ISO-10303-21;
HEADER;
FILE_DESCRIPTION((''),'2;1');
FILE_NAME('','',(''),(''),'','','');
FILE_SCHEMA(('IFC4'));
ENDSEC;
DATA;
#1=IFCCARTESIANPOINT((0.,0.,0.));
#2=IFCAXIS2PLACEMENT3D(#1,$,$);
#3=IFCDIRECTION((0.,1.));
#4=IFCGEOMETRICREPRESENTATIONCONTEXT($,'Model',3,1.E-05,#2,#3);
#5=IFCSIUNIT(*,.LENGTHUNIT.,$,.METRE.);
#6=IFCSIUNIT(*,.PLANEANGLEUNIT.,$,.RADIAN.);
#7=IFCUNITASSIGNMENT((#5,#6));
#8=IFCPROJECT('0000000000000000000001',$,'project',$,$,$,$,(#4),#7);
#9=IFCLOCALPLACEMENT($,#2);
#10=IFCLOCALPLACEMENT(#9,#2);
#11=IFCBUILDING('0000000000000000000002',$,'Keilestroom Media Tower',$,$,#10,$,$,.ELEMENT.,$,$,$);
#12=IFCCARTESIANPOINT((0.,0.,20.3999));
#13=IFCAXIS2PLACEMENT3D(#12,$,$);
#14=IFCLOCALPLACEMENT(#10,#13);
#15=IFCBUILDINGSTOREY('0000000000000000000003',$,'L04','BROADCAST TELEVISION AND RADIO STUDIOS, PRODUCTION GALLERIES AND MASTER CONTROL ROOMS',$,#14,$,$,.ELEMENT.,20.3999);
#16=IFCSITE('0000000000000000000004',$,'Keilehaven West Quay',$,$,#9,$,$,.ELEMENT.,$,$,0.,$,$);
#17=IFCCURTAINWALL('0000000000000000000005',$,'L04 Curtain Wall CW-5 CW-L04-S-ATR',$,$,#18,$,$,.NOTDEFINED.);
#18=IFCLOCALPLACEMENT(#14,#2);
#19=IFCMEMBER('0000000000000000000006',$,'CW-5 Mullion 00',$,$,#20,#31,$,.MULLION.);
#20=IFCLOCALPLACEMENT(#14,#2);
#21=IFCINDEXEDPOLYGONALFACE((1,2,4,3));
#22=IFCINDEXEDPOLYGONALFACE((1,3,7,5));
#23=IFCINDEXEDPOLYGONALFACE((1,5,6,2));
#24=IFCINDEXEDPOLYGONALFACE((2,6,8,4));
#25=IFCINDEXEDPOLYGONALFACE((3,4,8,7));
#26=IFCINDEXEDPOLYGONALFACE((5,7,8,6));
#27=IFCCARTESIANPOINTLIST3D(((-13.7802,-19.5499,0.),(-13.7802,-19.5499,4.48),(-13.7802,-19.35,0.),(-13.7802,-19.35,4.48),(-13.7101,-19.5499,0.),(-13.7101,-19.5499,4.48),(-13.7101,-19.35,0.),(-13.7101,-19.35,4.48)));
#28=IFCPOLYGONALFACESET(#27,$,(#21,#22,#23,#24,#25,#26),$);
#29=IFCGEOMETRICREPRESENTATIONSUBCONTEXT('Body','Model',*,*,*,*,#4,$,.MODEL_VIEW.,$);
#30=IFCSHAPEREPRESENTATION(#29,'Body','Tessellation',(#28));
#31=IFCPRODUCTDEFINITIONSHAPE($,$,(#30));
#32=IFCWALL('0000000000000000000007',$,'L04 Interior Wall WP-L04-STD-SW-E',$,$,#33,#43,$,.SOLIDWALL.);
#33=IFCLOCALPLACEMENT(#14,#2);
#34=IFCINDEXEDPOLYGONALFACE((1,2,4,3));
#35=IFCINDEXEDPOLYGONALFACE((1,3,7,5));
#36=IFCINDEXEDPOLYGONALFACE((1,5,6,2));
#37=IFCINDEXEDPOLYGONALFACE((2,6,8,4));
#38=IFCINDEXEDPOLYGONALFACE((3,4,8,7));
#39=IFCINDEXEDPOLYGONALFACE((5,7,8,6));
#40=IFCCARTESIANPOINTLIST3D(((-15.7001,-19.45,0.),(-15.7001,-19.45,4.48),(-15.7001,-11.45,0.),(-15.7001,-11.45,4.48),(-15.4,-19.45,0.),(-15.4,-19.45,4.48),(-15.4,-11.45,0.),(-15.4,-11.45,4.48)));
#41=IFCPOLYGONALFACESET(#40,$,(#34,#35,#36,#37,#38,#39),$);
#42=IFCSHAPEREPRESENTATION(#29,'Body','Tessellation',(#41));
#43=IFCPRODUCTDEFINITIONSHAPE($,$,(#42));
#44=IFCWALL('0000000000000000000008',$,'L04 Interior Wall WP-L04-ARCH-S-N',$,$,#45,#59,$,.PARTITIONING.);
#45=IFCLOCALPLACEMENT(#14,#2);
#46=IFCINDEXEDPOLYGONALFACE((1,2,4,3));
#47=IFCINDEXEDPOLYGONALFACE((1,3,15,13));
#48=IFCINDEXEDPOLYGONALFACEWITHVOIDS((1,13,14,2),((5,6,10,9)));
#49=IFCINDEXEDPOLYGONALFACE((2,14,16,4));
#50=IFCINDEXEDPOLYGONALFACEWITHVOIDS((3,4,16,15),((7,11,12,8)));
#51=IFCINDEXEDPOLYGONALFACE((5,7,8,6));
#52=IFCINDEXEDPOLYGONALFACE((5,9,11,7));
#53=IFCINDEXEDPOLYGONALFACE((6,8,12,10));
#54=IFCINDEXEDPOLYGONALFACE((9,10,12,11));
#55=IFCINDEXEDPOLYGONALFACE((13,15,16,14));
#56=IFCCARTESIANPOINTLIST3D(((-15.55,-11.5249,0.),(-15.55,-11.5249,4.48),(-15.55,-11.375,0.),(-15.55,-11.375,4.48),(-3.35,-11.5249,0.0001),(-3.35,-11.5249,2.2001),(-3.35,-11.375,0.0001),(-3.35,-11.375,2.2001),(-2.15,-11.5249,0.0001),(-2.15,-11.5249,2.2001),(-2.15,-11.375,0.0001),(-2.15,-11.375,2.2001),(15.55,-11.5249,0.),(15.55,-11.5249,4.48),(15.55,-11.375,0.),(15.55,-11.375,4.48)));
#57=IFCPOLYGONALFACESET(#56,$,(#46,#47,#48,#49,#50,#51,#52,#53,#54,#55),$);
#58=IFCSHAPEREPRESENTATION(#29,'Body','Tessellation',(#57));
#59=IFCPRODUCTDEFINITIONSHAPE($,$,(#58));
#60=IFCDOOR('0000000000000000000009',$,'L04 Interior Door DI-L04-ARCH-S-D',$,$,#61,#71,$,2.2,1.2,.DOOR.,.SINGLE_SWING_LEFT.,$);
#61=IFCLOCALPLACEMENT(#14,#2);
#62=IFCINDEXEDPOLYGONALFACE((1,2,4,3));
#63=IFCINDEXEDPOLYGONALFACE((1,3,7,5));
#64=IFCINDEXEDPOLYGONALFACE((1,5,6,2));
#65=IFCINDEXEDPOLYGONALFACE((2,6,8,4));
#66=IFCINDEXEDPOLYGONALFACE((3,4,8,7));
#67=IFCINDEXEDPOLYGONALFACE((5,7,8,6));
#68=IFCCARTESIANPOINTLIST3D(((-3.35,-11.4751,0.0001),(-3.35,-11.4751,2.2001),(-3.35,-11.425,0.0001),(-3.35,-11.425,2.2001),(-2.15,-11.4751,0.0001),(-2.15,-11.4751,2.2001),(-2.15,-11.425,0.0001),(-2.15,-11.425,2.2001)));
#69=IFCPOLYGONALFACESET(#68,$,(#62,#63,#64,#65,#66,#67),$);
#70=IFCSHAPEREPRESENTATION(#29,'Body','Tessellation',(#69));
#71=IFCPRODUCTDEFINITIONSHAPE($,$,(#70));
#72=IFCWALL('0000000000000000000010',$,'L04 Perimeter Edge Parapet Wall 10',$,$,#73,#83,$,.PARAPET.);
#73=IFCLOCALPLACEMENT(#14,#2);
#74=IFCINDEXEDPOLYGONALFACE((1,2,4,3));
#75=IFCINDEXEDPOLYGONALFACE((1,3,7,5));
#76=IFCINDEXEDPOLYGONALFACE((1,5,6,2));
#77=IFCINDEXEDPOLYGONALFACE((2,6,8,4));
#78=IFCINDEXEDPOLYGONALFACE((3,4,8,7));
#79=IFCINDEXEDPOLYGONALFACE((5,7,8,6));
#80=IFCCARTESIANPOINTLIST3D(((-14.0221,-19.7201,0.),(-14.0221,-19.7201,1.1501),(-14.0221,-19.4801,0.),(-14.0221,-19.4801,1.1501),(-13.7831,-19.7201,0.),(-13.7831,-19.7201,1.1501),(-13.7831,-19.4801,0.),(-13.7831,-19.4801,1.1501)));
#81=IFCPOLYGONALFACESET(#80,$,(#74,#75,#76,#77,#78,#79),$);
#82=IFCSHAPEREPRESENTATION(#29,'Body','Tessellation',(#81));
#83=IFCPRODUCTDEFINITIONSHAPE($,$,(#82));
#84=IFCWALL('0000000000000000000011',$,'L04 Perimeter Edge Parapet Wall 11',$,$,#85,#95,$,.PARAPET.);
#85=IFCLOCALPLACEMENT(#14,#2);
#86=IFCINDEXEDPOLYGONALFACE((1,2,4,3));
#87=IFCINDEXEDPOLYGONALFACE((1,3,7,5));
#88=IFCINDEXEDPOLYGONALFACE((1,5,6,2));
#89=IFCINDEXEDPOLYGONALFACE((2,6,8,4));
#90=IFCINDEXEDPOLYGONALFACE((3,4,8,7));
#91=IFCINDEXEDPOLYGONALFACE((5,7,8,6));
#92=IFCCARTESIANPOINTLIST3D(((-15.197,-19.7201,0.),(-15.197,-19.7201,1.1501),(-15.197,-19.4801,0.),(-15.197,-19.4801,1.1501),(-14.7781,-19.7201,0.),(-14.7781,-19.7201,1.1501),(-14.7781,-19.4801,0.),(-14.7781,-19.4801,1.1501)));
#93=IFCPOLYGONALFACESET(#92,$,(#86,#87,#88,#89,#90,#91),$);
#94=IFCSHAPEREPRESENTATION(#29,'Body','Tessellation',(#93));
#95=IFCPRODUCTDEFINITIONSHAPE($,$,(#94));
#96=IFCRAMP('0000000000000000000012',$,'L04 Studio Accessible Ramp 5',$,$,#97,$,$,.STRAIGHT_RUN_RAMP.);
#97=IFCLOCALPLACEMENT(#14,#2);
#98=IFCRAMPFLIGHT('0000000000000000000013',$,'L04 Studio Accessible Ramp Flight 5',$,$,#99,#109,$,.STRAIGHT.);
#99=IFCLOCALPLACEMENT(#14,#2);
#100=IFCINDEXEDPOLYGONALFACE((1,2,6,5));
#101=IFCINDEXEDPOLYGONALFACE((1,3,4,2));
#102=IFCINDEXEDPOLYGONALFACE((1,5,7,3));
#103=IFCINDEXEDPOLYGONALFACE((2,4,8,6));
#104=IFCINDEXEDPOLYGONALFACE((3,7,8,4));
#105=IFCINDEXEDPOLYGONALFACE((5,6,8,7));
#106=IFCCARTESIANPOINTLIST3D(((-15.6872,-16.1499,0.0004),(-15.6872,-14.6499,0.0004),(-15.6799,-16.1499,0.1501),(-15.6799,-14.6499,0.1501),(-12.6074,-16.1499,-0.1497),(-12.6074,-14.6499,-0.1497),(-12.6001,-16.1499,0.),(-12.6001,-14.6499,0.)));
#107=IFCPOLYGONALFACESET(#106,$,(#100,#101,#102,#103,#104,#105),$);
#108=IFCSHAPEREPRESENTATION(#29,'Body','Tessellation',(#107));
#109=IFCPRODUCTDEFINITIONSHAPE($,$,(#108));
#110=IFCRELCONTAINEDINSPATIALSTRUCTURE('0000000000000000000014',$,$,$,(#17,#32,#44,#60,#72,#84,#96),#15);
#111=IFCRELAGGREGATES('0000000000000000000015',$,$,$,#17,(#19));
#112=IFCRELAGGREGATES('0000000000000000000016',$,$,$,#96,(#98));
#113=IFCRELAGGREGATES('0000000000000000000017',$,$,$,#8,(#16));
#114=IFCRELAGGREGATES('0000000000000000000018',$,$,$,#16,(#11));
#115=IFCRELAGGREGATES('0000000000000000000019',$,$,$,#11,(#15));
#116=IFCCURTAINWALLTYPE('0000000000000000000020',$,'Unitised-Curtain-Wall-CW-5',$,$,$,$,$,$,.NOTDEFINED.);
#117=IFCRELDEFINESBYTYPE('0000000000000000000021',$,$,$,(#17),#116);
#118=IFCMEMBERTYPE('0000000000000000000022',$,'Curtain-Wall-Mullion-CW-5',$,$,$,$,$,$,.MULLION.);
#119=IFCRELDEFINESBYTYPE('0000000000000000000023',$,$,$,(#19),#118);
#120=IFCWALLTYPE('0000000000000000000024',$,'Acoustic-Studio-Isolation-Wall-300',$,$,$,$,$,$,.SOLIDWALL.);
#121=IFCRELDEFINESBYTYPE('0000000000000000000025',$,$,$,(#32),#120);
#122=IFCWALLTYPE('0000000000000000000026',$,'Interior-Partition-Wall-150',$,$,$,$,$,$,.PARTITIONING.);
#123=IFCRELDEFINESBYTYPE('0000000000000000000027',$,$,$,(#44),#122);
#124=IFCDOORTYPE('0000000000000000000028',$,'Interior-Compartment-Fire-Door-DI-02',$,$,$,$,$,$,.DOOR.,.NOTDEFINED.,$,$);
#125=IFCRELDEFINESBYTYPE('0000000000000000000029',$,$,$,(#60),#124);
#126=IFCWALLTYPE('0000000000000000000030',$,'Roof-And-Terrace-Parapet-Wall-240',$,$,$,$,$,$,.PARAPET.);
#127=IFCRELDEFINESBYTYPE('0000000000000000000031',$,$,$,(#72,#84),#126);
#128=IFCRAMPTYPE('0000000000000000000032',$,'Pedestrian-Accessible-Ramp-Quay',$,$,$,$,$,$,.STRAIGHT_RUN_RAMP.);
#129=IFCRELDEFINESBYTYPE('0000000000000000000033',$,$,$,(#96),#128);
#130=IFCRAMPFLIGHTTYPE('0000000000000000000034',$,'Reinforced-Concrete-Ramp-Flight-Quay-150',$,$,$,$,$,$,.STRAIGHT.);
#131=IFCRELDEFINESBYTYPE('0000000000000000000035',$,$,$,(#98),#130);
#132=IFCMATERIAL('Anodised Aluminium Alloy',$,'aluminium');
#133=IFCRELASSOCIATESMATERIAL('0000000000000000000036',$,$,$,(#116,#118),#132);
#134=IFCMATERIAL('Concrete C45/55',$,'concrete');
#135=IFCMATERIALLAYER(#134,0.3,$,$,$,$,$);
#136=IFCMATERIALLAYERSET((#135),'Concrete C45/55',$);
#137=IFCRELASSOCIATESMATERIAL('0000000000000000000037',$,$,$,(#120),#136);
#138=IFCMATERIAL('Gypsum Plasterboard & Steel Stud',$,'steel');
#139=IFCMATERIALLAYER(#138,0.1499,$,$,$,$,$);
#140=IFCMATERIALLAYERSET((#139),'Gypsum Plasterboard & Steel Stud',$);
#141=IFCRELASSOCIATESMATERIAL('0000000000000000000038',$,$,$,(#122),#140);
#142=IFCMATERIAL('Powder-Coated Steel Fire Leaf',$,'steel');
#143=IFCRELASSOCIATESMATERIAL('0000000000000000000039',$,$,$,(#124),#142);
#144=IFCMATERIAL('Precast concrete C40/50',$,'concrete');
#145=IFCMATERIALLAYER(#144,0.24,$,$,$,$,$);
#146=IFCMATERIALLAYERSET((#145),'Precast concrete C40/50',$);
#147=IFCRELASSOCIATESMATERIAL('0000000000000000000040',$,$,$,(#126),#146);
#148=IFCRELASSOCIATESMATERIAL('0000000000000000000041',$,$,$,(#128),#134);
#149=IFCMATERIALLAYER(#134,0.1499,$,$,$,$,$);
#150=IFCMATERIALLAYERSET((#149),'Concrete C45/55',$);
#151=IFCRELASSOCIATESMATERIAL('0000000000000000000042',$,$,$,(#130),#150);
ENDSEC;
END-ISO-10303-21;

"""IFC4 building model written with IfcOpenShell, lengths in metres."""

from ifc_helpers import new_model, si_unit, direction, frame, frame_2d, origin, origin_2d, place, context, subcontext, project, spatial, polyline, rectangle, outline, extrude, source, transform, mapped, material, layer, layer_set, material_profile, profile_set, type_object, element, fill, aggregate, save


model = new_model("IFC4")

# Units and contexts
model_context = context("Model", 3, precision=1e-05, world=origin(), true_north=direction((0.0, 1.0)))
body_context = subcontext(model_context, "Body", "Model", "MODEL_VIEW")
ifc_project = project(units=[si_unit("LENGTHUNIT", "METRE"), si_unit("PLANEANGLEUNIT", "RADIAN")], contexts=[model_context])

# Site, building, storey
site_placement = place(None, origin())
site = spatial("IfcSite", under=ifc_project, at=site_placement, Name="Keilehaven West Quay", CompositionType="ELEMENT", RefElevation=0.0)
building_placement = place(site_placement, origin())
building = spatial("IfcBuilding", under=site, at=building_placement, Name="Keilestroom Media Tower", CompositionType="ELEMENT")
storey_placement = place(building_placement, frame((0.0, 0.0, 20.3999)))
storey = spatial("IfcBuildingStorey", under=building, at=storey_placement, Name="L04", Description="BROADCAST TELEVISION AND RADIO STUDIOS, PRODUCTION GALLERIES AND MASTER CONTROL ROOMS", CompositionType="ELEMENT", Elevation=20.3999)

# Shared definitions
ifc_material_1 = material(Name="Precast concrete C40/50", Category="concrete")

# Curtain wall, member
ifc_material_2 = material(Name="Anodised Aluminium Alloy", Category="aluminium")
curtain_wall_type = type_object("IfcCurtainWallType", Name="Unitised-Curtain-Wall-CW-5", PredefinedType="NOTDEFINED", material=ifc_material_2)
curtain_wall_placement = place(storey_placement, origin())
curtain_wall = element("IfcCurtainWall", 1, at=curtain_wall_placement, inside=storey, type_object=curtain_wall_type, Name="L04 Curtain Wall CW-5 CW-L04-S-ATR", PredefinedType="NOTDEFINED")
ifc_material_profile_1 = material_profile(ifc_material_2, rectangle(XDim=0.0701, YDim=0.2, at=origin_2d()), Name="ALU MULLION 70x200")
ifc_profile_set_1 = profile_set([ifc_material_profile_1], Name="Anodised Aluminium Alloy")
member_type_1 = type_object("IfcMemberType", Name="Curtain-Wall-Mullion-CW-5", PredefinedType="MULLION", material=ifc_profile_set_1)
shared_shape_1 = source(origin(), body_context, "Body", "SweptSolid", [
    extrude(rectangle(XDim=0.0701, YDim=0.2, at=origin_2d()), origin(), (0.0, 0.0, 1.0), 4.48),
])
member_1_placement = place(storey_placement, frame((-13.7451, -19.45, 0.0), z_axis=(0.0, 0.0, 1.0), x_axis=(1.0, 0.0, 0.0)))
member_1 = element("IfcMember", 2, at=member_1_placement, type_object=member_type_1, Name="CW-5 Mullion 00", PredefinedType="MULLION", context=body_context, shape_type="MappedRepresentation", body=[
    mapped(shared_shape_1, transform((0.0, 0.0, 0.0), x_axis=(1.0, 0.0, 0.0), y_axis=(0.0, 1.0, 0.0), z_axis=(0.0, 0.0, 1.0), scale=1.0)),
])
aggregate(curtain_wall, [member_1])

# Wall
ifc_material_3 = material(Name="Concrete C45/55", Category="concrete")
ifc_layer_1 = layer(ifc_material_3, 0.3)
ifc_layer_set_1 = layer_set([ifc_layer_1], Name="Concrete C45/55")
wall_type_1 = type_object("IfcWallType", Name="Acoustic-Studio-Isolation-Wall-300", PredefinedType="SOLIDWALL", material=ifc_layer_set_1)
wall_1_placement = place(storey_placement, frame((-15.55, -19.45, 0.0), z_axis=(0.0, 0.0, 1.0), x_axis=(0.0, 1.0, 0.0)))
element("IfcWall", 3, at=wall_1_placement, inside=storey, type_object=wall_type_1, Name="L04 Interior Wall WP-L04-STD-SW-E", PredefinedType="SOLIDWALL", context=body_context, shape_type="SweptSolid", body=[
    extrude(rectangle(XDim=8.0, YDim=0.3, at=frame_2d((4.0, 0.0))), origin(), (0.0, 0.0, 1.0), 4.48),
])

# Wall, opening, door
ifc_material_4 = material(Name="Gypsum Plasterboard & Steel Stud", Category="steel")
ifc_layer_2 = layer(ifc_material_4, 0.1499)
ifc_layer_set_2 = layer_set([ifc_layer_2], Name="Gypsum Plasterboard & Steel Stud")
wall_type_2 = type_object("IfcWallType", Name="Interior-Partition-Wall-150", PredefinedType="PARTITIONING", material=ifc_layer_set_2)
wall_2_placement = place(storey_placement, frame((-15.55, -11.45, 0.0), z_axis=(0.0, 0.0, 1.0), x_axis=(1.0, 0.0, 0.0)))
wall_2 = element("IfcWall", 4, at=wall_2_placement, inside=storey, type_object=wall_type_2, Name="L04 Interior Wall WP-L04-ARCH-S-N", PredefinedType="PARTITIONING", context=body_context, shape_type="SweptSolid", body=[
    extrude(rectangle(XDim=31.1001, YDim=0.1499, at=frame_2d((15.55, 0.0))), origin(), (0.0, 0.0, 1.0), 4.48),
])
opening_placement = place(wall_2_placement, frame((12.2, 0.0, 0.0)))
opening = element("IfcOpeningElement", 5, at=opening_placement, cuts=wall_2, PredefinedType="OPENING", context=body_context, shape_type="SweptSolid", body=[
    extrude(rectangle(XDim=1.2, YDim=2.2, at=frame_2d((0.6001, 1.1001))), frame((0.0, 0.085, 0.0), z_axis=(0.0, -1.0, 0.0), x_axis=(1.0, 0.0, 0.0)), (0.0, 0.0, 1.0), 0.1699),
])
ifc_material_5 = material(Name="Powder-Coated Steel Fire Leaf", Category="steel")
door_type = type_object("IfcDoorType", Name="Interior-Compartment-Fire-Door-DI-02", OperationType="NOTDEFINED", PredefinedType="DOOR", material=ifc_material_5)
shared_shape_2 = source(origin(), body_context, "Body", "SweptSolid", [
    extrude(rectangle(XDim=1.2, YDim=2.2, at=frame_2d((0.6001, 1.1001))), frame((0.0, 0.0249, 0.0), z_axis=(0.0, -1.0, 0.0), x_axis=(1.0, 0.0, 0.0)), (0.0, 0.0, 1.0), 0.05),
])
door_placement = place(opening_placement, origin())
door = element("IfcDoor", 6, at=door_placement, inside=storey, type_object=door_type, Name="L04 Interior Door DI-L04-ARCH-S-D", OperationType="SINGLE_SWING_LEFT", OverallHeight=2.2, OverallWidth=1.2, PredefinedType="DOOR", context=body_context, shape_type="MappedRepresentation", body=[
    mapped(shared_shape_2, transform((0.0, 0.0, 0.0), x_axis=(1.0, 0.0, 0.0), y_axis=(0.0, 1.0, 0.0), z_axis=(0.0, 0.0, 1.0), scale=1.0)),
])
fill(opening, door)

# Walls
ifc_layer_3 = layer(ifc_material_1, 0.24)
ifc_layer_set_3 = layer_set([ifc_layer_3], Name="Precast concrete C40/50")
wall_type_3 = type_object("IfcWallType", Name="Roof-And-Terrace-Parapet-Wall-240", PredefinedType="PARAPET", material=ifc_layer_set_3)
wall_3_placement = place(storey_placement, frame((-13.783, -19.6001, 0.0), z_axis=(0.0, 0.0, 1.0), x_axis=(-1.0, 0.0, 0.0)))
element("IfcWall", 7, at=wall_3_placement, inside=storey, type_object=wall_type_3, Name="L04 Perimeter Edge Parapet Wall 10", PredefinedType="PARAPET", context=body_context, shape_type="SweptSolid", body=[
    extrude(rectangle(XDim=0.239, YDim=0.24, at=frame_2d((0.1196, 0.0))), origin(), (0.0, 0.0, 1.0), 1.1501),
])
wall_4_placement = place(storey_placement, frame((-14.7781, -19.6001, 0.0), z_axis=(0.0, 0.0, 1.0), x_axis=(-1.0, 0.0, 0.0)))
element("IfcWall", 8, at=wall_4_placement, inside=storey, type_object=wall_type_3, Name="L04 Perimeter Edge Parapet Wall 11", PredefinedType="PARAPET", context=body_context, shape_type="SweptSolid", body=[
    extrude(rectangle(XDim=0.4189, YDim=0.24, at=frame_2d((0.2095, 0.0))), origin(), (0.0, 0.0, 1.0), 1.1501),
])

# Ramp, ramp flight
ramp_type = type_object("IfcRampType", Name="Pedestrian-Accessible-Ramp-Quay", PredefinedType="STRAIGHT_RUN_RAMP", material=ifc_material_3)
ramp_placement = place(storey_placement, origin())
ramp = element("IfcRamp", 9, at=ramp_placement, inside=storey, type_object=ramp_type, Name="L04 Studio Accessible Ramp 5", PredefinedType="STRAIGHT_RUN_RAMP")
ifc_layer_4 = layer(ifc_material_3, 0.1499)
ifc_layer_set_4 = layer_set([ifc_layer_4], Name="Concrete C45/55")
ramp_flight_type = type_object("IfcRampFlightType", Name="Reinforced-Concrete-Ramp-Flight-Quay-150", PredefinedType="STRAIGHT", material=ifc_layer_set_4)
ramp_flight_placement = place(storey_placement, frame((-15.6799, -16.1499, 0.1501), z_axis=(0.048694, 0.0, 0.998814), x_axis=(0.998814, 0.0, -0.048694)))
ramp_flight = element("IfcRampFlight", 10, at=ramp_flight_placement, type_object=ramp_flight_type, Name="L04 Studio Accessible Ramp Flight 5", PredefinedType="STRAIGHT", context=body_context, shape_type="SweptSolid", body=[
    extrude(outline(polyline([(0.0, 0.0), (3.0835, 0.0), (3.0835, 1.5), (0.0, 1.5), (0.0, 0.0)])), origin(), (0.0, 0.0, -1.0), 0.1499),
])
aggregate(ramp, [ramp_flight])

save(model, "model.ifc")
